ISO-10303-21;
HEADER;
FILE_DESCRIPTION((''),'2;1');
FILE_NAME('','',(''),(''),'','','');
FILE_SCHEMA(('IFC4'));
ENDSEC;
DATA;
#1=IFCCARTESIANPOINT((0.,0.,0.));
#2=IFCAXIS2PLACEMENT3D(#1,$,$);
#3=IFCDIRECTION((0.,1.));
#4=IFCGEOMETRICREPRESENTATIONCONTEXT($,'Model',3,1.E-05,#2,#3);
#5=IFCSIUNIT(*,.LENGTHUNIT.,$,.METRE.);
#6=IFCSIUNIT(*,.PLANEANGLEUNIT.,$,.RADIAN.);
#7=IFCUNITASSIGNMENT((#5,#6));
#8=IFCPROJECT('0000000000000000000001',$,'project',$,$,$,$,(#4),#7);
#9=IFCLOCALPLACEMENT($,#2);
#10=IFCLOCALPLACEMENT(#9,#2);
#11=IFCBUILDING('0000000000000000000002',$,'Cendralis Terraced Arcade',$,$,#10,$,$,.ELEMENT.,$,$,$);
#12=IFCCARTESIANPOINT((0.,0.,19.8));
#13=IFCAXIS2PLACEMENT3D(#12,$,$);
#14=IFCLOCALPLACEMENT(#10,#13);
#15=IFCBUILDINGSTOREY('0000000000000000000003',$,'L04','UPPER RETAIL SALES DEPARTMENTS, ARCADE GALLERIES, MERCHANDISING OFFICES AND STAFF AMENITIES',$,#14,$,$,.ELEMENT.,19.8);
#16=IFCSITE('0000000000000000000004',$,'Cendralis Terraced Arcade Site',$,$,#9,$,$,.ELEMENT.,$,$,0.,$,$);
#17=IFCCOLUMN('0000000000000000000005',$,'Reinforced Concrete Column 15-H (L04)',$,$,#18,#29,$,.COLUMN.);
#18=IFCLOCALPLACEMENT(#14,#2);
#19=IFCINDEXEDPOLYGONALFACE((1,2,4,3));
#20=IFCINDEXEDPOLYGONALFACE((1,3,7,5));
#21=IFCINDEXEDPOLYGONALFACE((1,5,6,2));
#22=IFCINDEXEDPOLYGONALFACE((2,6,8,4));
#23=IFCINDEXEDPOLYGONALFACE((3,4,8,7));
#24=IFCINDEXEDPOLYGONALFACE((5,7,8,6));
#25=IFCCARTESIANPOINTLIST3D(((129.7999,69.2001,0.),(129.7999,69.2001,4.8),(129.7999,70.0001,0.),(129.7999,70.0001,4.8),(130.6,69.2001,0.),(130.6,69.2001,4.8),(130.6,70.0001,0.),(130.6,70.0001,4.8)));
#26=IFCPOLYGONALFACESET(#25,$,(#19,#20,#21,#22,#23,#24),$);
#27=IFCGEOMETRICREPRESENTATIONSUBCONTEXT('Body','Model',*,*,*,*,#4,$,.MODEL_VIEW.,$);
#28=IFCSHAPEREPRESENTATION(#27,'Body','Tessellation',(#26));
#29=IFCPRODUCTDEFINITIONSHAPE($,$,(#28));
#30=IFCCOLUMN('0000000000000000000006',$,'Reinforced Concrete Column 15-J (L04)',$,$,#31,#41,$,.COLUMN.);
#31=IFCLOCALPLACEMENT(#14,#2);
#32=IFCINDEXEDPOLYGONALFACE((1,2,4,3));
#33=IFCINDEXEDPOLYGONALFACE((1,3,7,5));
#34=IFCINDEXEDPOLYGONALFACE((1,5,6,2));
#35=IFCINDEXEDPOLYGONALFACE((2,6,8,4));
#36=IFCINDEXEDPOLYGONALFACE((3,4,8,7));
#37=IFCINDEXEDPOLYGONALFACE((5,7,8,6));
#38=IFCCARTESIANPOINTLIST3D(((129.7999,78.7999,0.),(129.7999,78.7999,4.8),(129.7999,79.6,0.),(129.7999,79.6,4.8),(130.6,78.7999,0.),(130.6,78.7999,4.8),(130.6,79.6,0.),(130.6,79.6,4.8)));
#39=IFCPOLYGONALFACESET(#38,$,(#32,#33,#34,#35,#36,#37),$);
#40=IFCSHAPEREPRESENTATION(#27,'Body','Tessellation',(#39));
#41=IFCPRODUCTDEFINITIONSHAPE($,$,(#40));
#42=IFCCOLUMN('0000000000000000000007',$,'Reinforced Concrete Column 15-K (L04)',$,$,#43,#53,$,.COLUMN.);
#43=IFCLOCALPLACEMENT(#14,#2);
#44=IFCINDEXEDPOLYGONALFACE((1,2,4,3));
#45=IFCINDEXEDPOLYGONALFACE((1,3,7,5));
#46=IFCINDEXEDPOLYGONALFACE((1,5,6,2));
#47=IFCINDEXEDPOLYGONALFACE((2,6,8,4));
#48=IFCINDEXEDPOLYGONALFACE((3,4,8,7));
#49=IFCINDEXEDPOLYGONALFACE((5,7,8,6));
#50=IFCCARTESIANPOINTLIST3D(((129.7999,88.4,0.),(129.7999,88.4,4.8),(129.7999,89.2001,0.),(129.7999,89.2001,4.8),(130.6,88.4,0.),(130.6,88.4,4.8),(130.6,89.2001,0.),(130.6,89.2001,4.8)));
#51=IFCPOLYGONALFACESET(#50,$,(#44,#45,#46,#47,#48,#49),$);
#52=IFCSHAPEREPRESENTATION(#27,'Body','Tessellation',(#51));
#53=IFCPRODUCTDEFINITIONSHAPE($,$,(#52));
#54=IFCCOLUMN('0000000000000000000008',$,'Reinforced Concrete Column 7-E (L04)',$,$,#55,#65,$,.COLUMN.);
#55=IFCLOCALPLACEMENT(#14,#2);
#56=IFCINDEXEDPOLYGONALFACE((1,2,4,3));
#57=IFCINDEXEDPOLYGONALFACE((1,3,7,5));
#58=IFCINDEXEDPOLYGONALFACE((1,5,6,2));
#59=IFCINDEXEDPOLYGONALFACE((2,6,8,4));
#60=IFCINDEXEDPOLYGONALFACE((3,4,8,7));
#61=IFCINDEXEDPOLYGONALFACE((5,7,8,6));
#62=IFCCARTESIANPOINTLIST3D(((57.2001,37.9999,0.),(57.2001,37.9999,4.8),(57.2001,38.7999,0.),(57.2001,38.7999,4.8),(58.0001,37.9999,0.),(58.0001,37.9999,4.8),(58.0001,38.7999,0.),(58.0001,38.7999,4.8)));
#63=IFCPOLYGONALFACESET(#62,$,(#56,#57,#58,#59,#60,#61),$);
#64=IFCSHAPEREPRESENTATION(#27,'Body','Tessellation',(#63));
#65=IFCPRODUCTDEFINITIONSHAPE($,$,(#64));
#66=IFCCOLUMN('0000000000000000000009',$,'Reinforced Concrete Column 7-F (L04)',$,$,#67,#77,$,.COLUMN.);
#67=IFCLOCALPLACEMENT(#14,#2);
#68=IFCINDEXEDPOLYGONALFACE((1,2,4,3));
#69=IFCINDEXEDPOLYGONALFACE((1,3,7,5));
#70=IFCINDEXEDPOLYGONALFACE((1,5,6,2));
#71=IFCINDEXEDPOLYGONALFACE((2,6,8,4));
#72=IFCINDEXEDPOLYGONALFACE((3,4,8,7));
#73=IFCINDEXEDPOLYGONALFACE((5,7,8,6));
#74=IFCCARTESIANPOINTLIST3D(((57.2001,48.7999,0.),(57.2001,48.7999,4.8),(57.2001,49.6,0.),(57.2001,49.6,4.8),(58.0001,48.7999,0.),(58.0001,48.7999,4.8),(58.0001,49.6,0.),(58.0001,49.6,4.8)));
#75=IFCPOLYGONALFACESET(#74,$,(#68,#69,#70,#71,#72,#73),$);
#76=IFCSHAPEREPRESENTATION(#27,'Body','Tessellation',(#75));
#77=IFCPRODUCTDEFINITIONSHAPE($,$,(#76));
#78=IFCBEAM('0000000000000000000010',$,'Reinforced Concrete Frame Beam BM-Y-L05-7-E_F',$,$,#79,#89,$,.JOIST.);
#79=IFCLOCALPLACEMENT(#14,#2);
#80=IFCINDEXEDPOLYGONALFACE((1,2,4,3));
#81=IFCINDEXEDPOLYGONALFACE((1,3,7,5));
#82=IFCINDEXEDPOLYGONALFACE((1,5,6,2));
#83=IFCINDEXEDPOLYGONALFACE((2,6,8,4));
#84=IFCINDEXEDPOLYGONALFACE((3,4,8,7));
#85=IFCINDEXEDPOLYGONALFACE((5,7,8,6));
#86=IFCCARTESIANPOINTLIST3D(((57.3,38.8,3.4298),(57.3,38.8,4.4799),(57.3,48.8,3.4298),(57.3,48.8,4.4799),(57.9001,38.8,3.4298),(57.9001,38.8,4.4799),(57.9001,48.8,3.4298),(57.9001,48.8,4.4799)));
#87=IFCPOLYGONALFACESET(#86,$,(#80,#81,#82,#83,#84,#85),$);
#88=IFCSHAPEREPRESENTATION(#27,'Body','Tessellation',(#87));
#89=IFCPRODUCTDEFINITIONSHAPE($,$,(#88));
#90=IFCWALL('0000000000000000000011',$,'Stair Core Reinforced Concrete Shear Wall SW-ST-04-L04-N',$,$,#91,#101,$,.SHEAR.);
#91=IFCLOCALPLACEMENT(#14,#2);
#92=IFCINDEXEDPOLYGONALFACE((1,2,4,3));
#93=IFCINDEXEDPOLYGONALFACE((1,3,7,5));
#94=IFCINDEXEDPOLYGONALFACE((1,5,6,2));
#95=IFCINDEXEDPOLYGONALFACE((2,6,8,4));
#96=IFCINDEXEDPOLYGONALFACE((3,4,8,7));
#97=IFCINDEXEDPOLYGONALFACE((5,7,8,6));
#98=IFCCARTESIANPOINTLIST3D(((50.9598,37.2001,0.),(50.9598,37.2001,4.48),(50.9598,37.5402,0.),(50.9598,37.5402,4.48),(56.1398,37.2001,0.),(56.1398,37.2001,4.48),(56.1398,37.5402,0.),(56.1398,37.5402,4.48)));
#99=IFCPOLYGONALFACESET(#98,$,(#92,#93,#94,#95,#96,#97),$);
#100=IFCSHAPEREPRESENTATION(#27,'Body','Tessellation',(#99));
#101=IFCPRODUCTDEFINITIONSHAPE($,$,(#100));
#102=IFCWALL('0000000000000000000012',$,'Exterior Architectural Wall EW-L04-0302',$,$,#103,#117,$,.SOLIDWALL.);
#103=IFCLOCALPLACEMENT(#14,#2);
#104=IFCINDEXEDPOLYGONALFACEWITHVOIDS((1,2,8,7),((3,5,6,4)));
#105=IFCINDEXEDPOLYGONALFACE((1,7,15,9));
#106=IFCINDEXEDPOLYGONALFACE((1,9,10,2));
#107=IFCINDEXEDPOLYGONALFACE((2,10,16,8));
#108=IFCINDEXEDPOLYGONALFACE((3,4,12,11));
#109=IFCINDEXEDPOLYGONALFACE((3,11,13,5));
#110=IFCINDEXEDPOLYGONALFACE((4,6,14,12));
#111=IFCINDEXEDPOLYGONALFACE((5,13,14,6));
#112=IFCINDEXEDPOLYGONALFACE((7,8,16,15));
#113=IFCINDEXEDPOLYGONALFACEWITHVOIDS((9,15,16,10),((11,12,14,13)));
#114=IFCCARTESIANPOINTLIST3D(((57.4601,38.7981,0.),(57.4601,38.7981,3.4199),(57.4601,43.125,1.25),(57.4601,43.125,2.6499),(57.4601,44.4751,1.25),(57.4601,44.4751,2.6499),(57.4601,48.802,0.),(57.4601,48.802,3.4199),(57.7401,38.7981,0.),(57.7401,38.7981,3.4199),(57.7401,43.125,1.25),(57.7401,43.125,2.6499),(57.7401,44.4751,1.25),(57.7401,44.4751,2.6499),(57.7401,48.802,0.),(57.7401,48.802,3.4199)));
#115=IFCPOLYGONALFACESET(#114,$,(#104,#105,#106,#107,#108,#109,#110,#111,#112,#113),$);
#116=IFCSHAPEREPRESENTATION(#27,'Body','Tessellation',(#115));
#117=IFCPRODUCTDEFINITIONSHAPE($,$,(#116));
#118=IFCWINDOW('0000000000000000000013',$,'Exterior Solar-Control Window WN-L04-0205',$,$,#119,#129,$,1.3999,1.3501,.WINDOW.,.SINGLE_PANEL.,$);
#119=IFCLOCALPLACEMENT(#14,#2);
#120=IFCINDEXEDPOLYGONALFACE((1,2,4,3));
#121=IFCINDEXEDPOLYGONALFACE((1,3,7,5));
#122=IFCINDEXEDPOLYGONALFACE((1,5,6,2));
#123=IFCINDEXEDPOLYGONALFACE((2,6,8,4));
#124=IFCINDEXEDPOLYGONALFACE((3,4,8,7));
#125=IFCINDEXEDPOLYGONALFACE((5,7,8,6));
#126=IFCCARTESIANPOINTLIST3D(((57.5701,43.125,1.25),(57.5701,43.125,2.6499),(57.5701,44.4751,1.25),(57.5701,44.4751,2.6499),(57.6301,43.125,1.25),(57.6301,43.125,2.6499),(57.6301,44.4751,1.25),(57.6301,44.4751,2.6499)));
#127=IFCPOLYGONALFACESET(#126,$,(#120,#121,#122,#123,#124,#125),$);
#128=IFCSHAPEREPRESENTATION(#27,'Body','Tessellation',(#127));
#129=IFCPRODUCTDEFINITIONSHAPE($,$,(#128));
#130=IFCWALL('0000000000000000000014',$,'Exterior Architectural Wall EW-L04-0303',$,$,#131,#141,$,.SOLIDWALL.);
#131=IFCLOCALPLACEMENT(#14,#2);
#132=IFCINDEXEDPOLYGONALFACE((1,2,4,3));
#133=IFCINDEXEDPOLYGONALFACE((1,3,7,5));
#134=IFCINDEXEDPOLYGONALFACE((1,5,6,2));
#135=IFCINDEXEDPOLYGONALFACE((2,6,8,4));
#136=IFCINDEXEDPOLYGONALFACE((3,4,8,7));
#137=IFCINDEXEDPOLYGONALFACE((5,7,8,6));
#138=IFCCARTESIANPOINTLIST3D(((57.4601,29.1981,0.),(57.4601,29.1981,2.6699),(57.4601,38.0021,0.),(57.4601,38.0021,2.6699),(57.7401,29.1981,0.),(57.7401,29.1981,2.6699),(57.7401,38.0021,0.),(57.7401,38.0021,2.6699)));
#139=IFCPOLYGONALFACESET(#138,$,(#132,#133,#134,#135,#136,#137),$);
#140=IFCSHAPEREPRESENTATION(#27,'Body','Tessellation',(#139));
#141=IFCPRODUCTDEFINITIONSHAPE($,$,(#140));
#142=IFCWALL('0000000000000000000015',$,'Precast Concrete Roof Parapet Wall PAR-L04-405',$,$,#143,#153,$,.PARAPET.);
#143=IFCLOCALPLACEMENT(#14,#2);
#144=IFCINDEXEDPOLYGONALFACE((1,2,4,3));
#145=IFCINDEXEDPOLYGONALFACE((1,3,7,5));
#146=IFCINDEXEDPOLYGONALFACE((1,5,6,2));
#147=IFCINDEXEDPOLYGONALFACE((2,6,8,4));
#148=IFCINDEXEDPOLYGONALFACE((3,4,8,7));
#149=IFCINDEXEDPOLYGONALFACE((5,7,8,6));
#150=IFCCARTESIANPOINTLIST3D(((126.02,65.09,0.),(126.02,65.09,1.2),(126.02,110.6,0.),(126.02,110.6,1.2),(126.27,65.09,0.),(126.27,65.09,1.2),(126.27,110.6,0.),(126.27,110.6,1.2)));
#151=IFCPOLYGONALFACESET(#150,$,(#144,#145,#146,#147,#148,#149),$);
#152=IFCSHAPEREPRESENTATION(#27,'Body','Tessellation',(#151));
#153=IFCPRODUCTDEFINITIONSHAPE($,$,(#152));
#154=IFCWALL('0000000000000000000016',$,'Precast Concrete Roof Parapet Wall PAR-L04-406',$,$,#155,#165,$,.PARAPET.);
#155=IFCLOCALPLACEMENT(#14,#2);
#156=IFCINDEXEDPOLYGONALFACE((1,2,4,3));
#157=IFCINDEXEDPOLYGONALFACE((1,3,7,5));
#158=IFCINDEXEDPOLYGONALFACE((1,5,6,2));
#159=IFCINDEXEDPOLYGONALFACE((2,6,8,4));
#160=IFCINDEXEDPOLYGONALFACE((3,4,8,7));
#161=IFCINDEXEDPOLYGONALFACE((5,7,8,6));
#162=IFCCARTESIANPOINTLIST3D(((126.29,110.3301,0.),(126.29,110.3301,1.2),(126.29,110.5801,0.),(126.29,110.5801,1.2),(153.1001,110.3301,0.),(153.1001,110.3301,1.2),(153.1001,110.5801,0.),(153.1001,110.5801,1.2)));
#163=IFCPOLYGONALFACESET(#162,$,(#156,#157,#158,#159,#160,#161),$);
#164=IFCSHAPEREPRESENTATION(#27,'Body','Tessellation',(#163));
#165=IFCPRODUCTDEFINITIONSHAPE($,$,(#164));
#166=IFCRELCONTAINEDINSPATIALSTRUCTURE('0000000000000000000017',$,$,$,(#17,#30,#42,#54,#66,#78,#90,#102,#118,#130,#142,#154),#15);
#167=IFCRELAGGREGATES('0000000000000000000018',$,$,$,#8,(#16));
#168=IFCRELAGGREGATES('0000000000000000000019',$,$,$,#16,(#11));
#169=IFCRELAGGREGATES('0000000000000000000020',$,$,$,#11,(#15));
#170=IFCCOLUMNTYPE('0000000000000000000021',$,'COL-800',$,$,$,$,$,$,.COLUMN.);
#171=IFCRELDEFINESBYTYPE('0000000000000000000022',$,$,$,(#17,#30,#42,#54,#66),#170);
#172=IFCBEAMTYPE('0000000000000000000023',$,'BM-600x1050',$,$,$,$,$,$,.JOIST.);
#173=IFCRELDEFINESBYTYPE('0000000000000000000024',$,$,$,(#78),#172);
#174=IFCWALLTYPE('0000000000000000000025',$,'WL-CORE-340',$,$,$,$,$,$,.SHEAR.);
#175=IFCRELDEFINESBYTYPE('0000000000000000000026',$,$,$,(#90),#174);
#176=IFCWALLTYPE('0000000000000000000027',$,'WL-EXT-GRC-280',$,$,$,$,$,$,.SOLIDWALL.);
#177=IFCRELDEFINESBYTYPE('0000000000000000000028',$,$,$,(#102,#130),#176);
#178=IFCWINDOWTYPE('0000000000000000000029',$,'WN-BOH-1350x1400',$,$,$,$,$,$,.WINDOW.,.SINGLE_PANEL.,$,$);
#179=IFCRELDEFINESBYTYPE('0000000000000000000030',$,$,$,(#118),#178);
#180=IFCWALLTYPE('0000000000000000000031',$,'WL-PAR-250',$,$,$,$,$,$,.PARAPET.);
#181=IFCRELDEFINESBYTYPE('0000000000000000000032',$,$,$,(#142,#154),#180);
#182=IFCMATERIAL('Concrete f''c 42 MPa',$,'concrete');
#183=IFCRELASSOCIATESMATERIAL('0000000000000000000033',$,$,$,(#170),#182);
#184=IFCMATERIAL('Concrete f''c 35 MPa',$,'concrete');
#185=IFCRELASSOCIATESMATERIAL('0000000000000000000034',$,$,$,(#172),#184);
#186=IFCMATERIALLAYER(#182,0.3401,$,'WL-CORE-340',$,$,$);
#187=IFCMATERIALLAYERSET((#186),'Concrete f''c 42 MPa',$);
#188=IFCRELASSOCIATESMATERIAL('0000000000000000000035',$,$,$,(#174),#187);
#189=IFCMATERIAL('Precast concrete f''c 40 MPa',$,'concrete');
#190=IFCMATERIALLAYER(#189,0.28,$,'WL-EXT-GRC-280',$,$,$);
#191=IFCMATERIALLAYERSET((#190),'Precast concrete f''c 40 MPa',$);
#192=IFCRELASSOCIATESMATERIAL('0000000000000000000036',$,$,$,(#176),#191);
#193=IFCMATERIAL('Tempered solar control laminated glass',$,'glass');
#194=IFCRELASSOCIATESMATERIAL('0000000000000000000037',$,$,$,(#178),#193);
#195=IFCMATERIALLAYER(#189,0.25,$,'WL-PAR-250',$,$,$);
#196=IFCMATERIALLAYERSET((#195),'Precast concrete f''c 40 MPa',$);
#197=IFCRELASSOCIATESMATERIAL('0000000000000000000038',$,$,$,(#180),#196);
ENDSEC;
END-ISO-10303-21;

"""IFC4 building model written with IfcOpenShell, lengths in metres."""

from ifc_helpers import new_model, si_unit, direction, frame, frame_2d, origin, origin_2d, place, context, subcontext, project, spatial, rectangle, extrude, material, layer, layer_set, material_profile, profile_set, type_object, element, fill, save


model = new_model("IFC4")

# Units and contexts
model_context = context("Model", 3, precision=1e-05, world=origin(), true_north=direction((0.0, 1.0)))
body_context = subcontext(model_context, "Body", "Model", "MODEL_VIEW")
ifc_project = project(units=[si_unit("LENGTHUNIT", "METRE"), si_unit("PLANEANGLEUNIT", "RADIAN")], contexts=[model_context])

# Site, building, storey
site_placement = place(None, origin())
site = spatial("IfcSite", under=ifc_project, at=site_placement, Name="Cendralis Terraced Arcade Site", CompositionType="ELEMENT", RefElevation=0.0)
building_placement = place(site_placement, origin())
building = spatial("IfcBuilding", under=site, at=building_placement, Name="Cendralis Terraced Arcade", CompositionType="ELEMENT")
storey_placement = place(building_placement, frame((0.0, 0.0, 19.8)))
storey = spatial("IfcBuildingStorey", under=building, at=storey_placement, Name="L04", Description="UPPER RETAIL SALES DEPARTMENTS, ARCADE GALLERIES, MERCHANDISING OFFICES AND STAFF AMENITIES", CompositionType="ELEMENT", Elevation=19.8)

# Columns
ifc_material_1 = material(Name="Concrete f'c 42 MPa", Category="concrete")
ifc_material_profile_1 = material_profile(ifc_material_1, rectangle(XDim=0.8, YDim=0.8, at=origin_2d()), Name="RC-COL-800x800", Category="LoadBearing")
ifc_profile_set_1 = profile_set([ifc_material_profile_1], Name="Concrete f'c 42 MPa")
column_type = type_object("IfcColumnType", Name="COL-800", PredefinedType="COLUMN", material=ifc_profile_set_1)
for number, where, z_axis, x_axis, name in (
    (1, (130.2, 69.6001, 0.0), (0.0, 0.0, 1.0), (1.0, 0.0, 0.0), "Reinforced Concrete Column 15-H (L04)"),
    (2, (130.2, 79.2, 0.0), (0.0, 0.0, 1.0), (1.0, 0.0, 0.0), "Reinforced Concrete Column 15-J (L04)"),
    (3, (130.2, 88.8, 0.0), (0.0, 0.0, 1.0), (1.0, 0.0, 0.0), "Reinforced Concrete Column 15-K (L04)"),
    (4, (57.6001, 38.3999, 0.0), (0.0, 0.0, 1.0), (1.0, 0.0, 0.0), "Reinforced Concrete Column 7-E (L04)"),
    (5, (57.6001, 49.2, 0.0), (0.0, 0.0, 1.0), (1.0, 0.0, 0.0), "Reinforced Concrete Column 7-F (L04)"),
):
    element("IfcColumn", number, at=place(storey_placement, frame(where, z_axis=z_axis, x_axis=x_axis)), inside=storey, type_object=column_type, Name=name, PredefinedType="COLUMN", context=body_context, shape_type="SweptSolid", body=[
        extrude(rectangle(XDim=0.8, YDim=0.8, at=origin_2d()), origin(), (0.0, 0.0, 1.0), 4.8),
    ])

# Beam
ifc_material_2 = material(Name="Concrete f'c 35 MPa", Category="concrete")
ifc_material_profile_2 = material_profile(ifc_material_2, rectangle(XDim=0.6001, YDim=1.05, at=origin_2d()), Name="RC-BM-600x1050", Category="LoadBearing")
ifc_profile_set_2 = profile_set([ifc_material_profile_2], Name="Concrete f'c 35 MPa")
beam_type = type_object("IfcBeamType", Name="BM-600x1050", PredefinedType="JOIST", material=ifc_profile_set_2)
beam_placement = place(storey_placement, frame((57.6001, 38.8, 3.9548), z_axis=(0.0, 1.0, 0.0), x_axis=(-1.0, 0.0, 0.0)))
element("IfcBeam", 6, at=beam_placement, inside=storey, type_object=beam_type, Name="Reinforced Concrete Frame Beam BM-Y-L05-7-E_F", PredefinedType="JOIST", context=body_context, shape_type="SweptSolid", body=[
    extrude(rectangle(XDim=0.6001, YDim=1.05, at=origin_2d()), origin(), (0.0, 0.0, 1.0), 10.0),
])

# Wall
ifc_layer_1 = layer(ifc_material_1, 0.3401, Name="WL-CORE-340")
ifc_layer_set_1 = layer_set([ifc_layer_1], Name="Concrete f'c 42 MPa")
wall_type_1 = type_object("IfcWallType", Name="WL-CORE-340", PredefinedType="SHEAR", material=ifc_layer_set_1)
wall_1_placement = place(storey_placement, frame((50.96, 37.3701, 0.0), z_axis=(0.0, 0.0, 1.0), x_axis=(1.0, 0.0, 0.0)))
element("IfcWall", 7, at=wall_1_placement, inside=storey, type_object=wall_type_1, Name="Stair Core Reinforced Concrete Shear Wall SW-ST-04-L04-N", PredefinedType="SHEAR", context=body_context, shape_type="SweptSolid", body=[
    extrude(rectangle(XDim=5.1799, YDim=0.3401, at=frame_2d((2.5898, 0.0))), origin(), (0.0, 0.0, 1.0), 4.48),
])

# Wall, opening, window
ifc_material_3 = material(Name="Precast concrete f'c 40 MPa", Category="concrete")
ifc_layer_2 = layer(ifc_material_3, 0.28, Name="WL-EXT-GRC-280")
ifc_layer_set_2 = layer_set([ifc_layer_2], Name="Precast concrete f'c 40 MPa")
wall_type_2 = type_object("IfcWallType", Name="WL-EXT-GRC-280", PredefinedType="SOLIDWALL", material=ifc_layer_set_2)
wall_2_placement = place(storey_placement, frame((57.6001, 48.802, 0.0), z_axis=(0.0, 0.0, 1.0), x_axis=(0.0, -1.0, 0.0)))
wall_2 = element("IfcWall", 8, at=wall_2_placement, inside=storey, type_object=wall_type_2, Name="Exterior Architectural Wall EW-L04-0302", PredefinedType="SOLIDWALL", context=body_context, shape_type="SweptSolid", body=[
    extrude(rectangle(XDim=10.0039, YDim=0.28, at=frame_2d((5.002, 0.0))), origin(), (0.0, 0.0, 1.0), 3.4199),
])
opening_placement = place(wall_2_placement, frame((4.3269, 0.0, 1.25)))
opening = element("IfcOpeningElement", 9, at=opening_placement, cuts=wall_2, PredefinedType="OPENING", context=body_context, shape_type="SweptSolid", body=[
    extrude(rectangle(XDim=1.3501, YDim=1.3999, at=frame_2d((0.675, 0.7))), frame((0.0, 0.1519, 0.0), z_axis=(0.0, -1.0, 0.0), x_axis=(1.0, 0.0, 0.0)), (0.0, 0.0, 1.0), 0.304),
])
ifc_material_4 = material(Name="Tempered solar control laminated glass", Category="glass")
window_type = type_object("IfcWindowType", Name="WN-BOH-1350x1400", PartitioningType="SINGLE_PANEL", PredefinedType="WINDOW", material=ifc_material_4)
window_placement = place(opening_placement, origin())
window = element("IfcWindow", 10, at=window_placement, inside=storey, type_object=window_type, Name="Exterior Solar-Control Window WN-L04-0205", OverallHeight=1.3999, OverallWidth=1.3501, PartitioningType="SINGLE_PANEL", PredefinedType="WINDOW", context=body_context, shape_type="SweptSolid", body=[
    extrude(rectangle(XDim=1.3501, YDim=1.3999, at=frame_2d((0.675, 0.7))), frame((0.0, 0.03, 0.0), z_axis=(0.0, -1.0, 0.0), x_axis=(1.0, 0.0, 0.0)), (0.0, 0.0, 1.0), 0.0601),
])
fill(opening, window)

# Walls
wall_3_placement = place(storey_placement, frame((57.6001, 38.002, 0.0), z_axis=(0.0, 0.0, 1.0), x_axis=(0.0, -1.0, 0.0)))
element("IfcWall", 11, at=wall_3_placement, inside=storey, type_object=wall_type_2, Name="Exterior Architectural Wall EW-L04-0303", PredefinedType="SOLIDWALL", context=body_context, shape_type="SweptSolid", body=[
    extrude(rectangle(XDim=8.804, YDim=0.28, at=frame_2d((4.4019, 0.0))), origin(), (0.0, 0.0, 1.0), 2.6699),
])
ifc_layer_3 = layer(ifc_material_3, 0.25, Name="WL-PAR-250")
ifc_layer_set_3 = layer_set([ifc_layer_3], Name="Precast concrete f'c 40 MPa")
wall_type_3 = type_object("IfcWallType", Name="WL-PAR-250", PredefinedType="PARAPET", material=ifc_layer_set_3)
wall_4_placement = place(storey_placement, frame((126.145, 65.0901, 0.0), z_axis=(0.0, 0.0, 1.0), x_axis=(0.0, 1.0, 0.0)))
element("IfcWall", 12, at=wall_4_placement, inside=storey, type_object=wall_type_3, Name="Precast Concrete Roof Parapet Wall PAR-L04-405", PredefinedType="PARAPET", context=body_context, shape_type="SweptSolid", body=[
    extrude(rectangle(XDim=45.51, YDim=0.25, at=frame_2d((22.7549, 0.0))), origin(), (0.0, 0.0, 1.0), 1.2),
])
wall_5_placement = place(storey_placement, frame((126.29, 110.4551, 0.0), z_axis=(0.0, 0.0, 1.0), x_axis=(1.0, 0.0, 0.0)))
element("IfcWall", 13, at=wall_5_placement, inside=storey, type_object=wall_type_3, Name="Precast Concrete Roof Parapet Wall PAR-L04-406", PredefinedType="PARAPET", context=body_context, shape_type="SweptSolid", body=[
    extrude(rectangle(XDim=26.8101, YDim=0.25, at=frame_2d((13.405, 0.0))), origin(), (0.0, 0.0, 1.0), 1.2),
])

save(model, "model.ifc")
